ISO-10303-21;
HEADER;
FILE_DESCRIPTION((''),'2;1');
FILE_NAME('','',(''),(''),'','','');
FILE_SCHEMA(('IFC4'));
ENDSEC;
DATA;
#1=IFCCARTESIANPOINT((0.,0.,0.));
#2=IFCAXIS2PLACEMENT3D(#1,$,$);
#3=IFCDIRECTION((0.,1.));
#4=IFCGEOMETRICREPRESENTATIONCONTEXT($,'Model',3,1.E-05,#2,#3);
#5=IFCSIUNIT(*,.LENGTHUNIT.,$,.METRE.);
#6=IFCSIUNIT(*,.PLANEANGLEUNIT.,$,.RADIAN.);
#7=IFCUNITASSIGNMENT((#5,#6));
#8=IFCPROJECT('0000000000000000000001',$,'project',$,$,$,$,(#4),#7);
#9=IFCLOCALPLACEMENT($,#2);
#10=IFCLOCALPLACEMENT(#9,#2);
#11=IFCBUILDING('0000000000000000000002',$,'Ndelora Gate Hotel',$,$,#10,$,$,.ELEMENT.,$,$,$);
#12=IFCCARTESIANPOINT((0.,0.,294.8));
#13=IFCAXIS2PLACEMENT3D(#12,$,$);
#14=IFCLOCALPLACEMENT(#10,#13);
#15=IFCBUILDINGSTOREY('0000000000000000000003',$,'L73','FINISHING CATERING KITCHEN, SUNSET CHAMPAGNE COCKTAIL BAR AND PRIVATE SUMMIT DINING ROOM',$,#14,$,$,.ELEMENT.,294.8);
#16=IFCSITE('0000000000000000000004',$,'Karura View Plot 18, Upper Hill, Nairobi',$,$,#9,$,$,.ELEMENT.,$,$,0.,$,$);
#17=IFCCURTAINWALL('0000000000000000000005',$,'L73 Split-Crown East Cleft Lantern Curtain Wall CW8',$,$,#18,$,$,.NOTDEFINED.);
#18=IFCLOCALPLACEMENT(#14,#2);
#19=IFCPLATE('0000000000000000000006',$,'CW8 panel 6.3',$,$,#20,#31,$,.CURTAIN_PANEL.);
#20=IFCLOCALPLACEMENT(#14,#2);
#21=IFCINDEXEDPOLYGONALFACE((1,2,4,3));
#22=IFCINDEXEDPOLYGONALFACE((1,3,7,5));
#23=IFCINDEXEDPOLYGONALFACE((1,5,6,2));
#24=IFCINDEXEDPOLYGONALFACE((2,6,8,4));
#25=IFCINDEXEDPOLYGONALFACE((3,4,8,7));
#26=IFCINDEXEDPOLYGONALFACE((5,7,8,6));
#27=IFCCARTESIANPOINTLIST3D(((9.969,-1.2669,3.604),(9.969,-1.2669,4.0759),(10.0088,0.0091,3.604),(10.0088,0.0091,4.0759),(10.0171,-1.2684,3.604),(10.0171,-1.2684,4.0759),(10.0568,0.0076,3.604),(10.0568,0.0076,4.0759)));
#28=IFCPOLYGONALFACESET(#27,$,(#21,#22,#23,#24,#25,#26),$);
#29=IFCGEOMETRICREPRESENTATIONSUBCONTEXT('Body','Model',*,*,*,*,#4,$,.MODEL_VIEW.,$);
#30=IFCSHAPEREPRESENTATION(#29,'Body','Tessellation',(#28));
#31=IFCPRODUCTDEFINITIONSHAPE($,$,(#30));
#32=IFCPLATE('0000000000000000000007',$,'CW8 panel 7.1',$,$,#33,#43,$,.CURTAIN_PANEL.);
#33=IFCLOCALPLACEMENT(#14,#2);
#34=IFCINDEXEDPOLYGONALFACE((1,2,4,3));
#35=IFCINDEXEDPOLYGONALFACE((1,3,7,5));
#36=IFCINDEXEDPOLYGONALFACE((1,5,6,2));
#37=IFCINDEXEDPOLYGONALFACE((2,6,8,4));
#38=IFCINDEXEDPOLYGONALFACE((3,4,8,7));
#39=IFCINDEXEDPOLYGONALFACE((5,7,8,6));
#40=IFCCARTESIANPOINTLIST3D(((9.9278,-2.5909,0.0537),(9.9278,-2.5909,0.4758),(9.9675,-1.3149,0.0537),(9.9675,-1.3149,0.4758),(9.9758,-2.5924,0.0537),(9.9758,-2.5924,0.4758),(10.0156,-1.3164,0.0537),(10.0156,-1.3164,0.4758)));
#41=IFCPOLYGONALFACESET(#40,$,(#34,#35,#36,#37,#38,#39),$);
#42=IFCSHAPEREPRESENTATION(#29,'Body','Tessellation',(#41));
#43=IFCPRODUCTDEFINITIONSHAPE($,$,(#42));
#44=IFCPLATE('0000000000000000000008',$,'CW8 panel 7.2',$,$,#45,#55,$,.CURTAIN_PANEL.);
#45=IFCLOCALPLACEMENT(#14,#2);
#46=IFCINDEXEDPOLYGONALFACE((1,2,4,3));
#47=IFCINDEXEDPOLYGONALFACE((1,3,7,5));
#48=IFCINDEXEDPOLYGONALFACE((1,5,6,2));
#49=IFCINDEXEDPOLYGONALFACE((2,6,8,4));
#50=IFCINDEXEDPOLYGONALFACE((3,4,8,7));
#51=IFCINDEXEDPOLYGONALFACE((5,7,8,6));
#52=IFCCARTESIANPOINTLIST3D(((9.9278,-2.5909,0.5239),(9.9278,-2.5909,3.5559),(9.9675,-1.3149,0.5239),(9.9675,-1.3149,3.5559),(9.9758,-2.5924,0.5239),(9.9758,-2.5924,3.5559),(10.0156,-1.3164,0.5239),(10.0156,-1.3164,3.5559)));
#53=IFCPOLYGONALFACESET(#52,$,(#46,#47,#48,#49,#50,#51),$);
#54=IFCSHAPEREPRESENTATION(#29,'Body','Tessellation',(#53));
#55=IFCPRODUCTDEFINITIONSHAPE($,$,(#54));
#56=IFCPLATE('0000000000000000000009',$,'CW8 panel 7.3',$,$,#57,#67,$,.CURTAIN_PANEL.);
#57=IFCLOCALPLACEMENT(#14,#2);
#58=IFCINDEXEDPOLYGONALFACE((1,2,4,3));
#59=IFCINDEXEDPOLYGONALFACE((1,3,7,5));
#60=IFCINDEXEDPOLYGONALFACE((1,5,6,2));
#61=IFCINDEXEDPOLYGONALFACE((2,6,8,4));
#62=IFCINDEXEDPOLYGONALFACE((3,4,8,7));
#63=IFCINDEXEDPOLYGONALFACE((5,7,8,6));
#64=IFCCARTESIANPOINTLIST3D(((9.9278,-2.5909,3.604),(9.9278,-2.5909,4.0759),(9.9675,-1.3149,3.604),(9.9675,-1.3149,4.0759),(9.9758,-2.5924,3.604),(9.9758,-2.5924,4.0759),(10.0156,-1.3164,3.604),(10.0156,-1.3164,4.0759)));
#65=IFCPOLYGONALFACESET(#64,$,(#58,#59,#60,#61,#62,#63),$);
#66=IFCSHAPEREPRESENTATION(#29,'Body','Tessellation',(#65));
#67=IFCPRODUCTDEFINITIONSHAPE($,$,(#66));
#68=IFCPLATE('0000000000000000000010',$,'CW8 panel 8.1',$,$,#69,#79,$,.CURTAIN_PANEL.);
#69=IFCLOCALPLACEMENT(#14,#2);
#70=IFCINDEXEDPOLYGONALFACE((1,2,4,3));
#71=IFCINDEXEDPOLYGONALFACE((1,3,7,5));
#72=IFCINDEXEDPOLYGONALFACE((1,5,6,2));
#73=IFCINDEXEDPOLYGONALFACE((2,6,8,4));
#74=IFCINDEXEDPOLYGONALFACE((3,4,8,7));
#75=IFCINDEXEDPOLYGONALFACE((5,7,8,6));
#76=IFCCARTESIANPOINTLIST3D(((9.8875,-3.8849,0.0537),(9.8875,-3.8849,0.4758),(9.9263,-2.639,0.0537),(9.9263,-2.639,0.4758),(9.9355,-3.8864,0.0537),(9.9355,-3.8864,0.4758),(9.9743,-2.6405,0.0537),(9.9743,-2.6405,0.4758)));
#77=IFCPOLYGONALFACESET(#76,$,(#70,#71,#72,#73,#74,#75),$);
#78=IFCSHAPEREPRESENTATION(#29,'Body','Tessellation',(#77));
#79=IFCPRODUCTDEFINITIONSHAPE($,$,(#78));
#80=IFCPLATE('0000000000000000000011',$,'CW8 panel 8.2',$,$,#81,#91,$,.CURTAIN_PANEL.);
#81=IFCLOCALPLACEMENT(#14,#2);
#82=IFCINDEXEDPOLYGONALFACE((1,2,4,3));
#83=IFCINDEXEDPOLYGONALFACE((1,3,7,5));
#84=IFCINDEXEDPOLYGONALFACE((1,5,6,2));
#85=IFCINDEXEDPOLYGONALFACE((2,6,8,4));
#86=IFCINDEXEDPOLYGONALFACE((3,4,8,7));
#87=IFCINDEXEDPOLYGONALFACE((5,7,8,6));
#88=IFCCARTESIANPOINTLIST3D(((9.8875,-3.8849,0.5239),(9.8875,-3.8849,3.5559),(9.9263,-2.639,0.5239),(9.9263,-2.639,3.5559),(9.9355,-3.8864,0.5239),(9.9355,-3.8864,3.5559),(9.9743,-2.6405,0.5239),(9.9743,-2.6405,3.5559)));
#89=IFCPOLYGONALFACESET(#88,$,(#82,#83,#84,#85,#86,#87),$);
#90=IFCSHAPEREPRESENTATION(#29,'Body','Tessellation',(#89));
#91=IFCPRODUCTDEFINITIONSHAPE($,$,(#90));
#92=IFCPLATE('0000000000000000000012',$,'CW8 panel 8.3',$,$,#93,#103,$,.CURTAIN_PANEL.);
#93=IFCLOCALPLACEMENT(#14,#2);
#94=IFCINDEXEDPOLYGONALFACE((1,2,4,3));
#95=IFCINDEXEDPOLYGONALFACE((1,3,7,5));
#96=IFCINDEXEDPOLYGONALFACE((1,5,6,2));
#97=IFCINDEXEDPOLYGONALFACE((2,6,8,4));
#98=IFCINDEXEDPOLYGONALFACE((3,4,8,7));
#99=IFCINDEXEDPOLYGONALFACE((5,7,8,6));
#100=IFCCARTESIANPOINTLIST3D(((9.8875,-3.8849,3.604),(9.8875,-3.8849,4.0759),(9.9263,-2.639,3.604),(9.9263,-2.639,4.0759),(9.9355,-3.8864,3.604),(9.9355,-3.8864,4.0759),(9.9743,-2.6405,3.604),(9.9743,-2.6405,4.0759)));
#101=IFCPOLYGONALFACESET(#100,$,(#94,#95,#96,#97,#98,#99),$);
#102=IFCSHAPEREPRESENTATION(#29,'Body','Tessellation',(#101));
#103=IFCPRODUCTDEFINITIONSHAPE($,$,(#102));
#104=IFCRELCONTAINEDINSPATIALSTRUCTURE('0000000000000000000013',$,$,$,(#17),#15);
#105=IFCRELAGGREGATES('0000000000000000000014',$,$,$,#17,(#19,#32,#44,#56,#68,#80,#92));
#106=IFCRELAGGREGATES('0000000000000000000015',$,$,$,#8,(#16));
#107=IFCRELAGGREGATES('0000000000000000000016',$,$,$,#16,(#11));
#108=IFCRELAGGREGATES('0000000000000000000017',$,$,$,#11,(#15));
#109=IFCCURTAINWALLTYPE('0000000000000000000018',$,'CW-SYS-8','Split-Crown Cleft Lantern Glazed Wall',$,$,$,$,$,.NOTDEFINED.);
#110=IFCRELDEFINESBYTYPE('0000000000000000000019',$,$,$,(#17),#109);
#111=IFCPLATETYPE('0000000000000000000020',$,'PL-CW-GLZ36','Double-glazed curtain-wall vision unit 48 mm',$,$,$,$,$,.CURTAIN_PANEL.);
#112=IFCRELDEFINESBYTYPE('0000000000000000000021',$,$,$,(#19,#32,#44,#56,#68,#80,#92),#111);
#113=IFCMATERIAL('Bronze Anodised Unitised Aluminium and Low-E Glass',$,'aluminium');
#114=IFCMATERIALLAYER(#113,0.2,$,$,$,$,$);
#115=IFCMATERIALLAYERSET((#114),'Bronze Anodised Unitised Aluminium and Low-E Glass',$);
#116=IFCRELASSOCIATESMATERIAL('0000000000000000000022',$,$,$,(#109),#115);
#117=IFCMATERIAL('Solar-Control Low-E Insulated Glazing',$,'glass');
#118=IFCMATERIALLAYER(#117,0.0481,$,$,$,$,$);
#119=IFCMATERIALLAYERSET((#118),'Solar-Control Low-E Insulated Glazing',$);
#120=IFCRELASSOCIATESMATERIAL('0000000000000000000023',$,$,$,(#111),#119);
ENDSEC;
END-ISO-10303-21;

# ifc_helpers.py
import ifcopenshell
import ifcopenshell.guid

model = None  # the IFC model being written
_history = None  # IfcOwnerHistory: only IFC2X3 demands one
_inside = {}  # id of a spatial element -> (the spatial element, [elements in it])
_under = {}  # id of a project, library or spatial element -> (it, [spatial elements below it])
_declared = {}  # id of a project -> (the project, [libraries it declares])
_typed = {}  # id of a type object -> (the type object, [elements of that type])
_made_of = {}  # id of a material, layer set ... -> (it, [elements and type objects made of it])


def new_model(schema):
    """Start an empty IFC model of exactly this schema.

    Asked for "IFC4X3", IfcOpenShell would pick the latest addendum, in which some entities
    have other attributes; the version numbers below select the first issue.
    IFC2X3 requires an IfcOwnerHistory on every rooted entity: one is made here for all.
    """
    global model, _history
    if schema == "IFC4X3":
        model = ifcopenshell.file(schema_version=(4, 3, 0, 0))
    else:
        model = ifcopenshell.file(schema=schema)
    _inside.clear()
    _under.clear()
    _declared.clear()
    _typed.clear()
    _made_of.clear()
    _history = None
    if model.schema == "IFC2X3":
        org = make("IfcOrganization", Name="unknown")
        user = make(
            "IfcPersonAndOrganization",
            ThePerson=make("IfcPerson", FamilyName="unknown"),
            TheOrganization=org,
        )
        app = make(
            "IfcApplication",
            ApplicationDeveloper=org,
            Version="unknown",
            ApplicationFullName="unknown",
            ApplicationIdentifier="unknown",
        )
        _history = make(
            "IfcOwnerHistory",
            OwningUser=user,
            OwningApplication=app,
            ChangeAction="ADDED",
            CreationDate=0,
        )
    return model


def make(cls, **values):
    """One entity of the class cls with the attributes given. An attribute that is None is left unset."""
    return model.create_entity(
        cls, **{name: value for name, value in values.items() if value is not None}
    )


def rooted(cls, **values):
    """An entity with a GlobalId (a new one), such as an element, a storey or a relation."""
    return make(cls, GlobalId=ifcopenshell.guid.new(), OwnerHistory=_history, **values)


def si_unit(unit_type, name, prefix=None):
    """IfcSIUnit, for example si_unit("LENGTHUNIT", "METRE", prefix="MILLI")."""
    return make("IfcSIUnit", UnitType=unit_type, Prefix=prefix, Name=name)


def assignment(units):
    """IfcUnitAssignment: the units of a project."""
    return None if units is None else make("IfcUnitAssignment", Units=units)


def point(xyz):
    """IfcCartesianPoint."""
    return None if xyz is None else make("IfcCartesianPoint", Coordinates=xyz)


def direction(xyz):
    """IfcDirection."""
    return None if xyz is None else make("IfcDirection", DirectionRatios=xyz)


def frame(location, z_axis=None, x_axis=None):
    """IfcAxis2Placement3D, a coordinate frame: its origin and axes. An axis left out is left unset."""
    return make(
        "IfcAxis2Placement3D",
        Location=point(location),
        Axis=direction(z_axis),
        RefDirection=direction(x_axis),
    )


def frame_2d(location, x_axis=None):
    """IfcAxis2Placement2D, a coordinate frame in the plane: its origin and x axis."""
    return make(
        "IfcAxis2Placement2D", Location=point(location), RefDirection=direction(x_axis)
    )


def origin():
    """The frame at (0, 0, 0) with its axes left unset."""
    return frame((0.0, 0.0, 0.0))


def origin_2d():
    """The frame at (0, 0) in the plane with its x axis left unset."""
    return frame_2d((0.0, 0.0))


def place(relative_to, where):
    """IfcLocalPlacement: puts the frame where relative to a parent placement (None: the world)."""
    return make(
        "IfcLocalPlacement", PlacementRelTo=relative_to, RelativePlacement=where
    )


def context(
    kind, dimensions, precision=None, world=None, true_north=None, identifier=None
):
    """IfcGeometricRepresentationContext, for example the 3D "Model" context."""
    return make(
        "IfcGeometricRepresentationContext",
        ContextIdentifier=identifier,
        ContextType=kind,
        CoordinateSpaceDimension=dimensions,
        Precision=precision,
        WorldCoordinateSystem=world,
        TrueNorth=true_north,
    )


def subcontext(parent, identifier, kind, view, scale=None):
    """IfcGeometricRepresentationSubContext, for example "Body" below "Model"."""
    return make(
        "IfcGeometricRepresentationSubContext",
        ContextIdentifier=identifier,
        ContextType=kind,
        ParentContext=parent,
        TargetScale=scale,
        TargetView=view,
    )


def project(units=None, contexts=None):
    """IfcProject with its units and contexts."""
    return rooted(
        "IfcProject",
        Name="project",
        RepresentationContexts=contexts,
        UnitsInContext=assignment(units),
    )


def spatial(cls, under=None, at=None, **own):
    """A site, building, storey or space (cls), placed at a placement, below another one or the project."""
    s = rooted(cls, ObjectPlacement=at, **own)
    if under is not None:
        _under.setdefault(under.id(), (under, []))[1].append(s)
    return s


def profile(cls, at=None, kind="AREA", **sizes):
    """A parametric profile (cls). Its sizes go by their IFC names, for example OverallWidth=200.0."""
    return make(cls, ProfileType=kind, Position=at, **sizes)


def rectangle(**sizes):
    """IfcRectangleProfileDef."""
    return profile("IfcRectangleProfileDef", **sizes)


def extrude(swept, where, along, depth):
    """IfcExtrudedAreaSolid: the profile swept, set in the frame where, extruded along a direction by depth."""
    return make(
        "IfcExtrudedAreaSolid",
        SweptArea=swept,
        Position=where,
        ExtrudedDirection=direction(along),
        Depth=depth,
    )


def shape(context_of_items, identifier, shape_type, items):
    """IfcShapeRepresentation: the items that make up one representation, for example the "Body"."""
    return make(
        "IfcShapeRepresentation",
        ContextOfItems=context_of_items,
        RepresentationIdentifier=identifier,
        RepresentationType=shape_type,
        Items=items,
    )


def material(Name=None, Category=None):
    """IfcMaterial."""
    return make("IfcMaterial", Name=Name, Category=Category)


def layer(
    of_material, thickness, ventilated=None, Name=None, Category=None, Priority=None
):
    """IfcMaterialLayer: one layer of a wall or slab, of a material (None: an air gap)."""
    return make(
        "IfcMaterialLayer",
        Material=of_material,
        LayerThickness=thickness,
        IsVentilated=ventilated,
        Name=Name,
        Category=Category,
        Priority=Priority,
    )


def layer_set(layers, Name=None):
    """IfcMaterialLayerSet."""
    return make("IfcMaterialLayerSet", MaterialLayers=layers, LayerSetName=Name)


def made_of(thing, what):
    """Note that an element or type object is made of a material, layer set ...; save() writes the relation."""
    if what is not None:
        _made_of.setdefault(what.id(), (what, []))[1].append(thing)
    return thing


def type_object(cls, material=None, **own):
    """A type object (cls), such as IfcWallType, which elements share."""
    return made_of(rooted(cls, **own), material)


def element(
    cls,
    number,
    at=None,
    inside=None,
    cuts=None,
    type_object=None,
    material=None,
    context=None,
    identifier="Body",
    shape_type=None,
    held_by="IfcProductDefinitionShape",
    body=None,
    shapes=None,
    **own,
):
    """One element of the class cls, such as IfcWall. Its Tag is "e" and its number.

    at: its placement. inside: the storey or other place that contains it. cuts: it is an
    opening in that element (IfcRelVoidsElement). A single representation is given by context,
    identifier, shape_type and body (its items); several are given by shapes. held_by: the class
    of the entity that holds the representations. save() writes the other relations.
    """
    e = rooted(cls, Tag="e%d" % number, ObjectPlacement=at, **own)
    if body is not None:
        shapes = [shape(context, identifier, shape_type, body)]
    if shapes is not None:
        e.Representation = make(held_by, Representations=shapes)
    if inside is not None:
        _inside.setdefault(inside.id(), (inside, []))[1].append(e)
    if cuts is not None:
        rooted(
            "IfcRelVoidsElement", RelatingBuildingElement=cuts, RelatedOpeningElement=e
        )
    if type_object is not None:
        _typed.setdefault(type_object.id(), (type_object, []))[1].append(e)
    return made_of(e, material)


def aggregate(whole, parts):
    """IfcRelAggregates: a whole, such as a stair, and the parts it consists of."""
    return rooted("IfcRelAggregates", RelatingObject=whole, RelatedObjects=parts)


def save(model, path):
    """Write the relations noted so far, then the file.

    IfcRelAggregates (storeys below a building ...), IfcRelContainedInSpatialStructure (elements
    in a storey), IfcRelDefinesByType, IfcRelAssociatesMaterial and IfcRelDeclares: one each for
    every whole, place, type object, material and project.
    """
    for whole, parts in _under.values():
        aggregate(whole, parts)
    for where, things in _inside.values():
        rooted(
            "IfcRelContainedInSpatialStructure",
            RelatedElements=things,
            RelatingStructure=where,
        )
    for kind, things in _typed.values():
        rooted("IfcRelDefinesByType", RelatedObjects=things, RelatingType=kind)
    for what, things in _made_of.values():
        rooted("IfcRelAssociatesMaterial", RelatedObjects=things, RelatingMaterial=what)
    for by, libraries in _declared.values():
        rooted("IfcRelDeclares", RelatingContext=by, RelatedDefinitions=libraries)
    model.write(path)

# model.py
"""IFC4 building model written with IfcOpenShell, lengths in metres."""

from ifc_helpers import new_model, si_unit, direction, frame, origin, origin_2d, place, context, subcontext, project, spatial, rectangle, extrude, material, layer, layer_set, type_object, element, aggregate, save


model = new_model("IFC4")

# Units and contexts
model_context = context("Model", 3, precision=1e-05, world=origin(), true_north=direction((0.0, 1.0)))
body_context = subcontext(model_context, "Body", "Model", "MODEL_VIEW")
ifc_project = project(units=[si_unit("LENGTHUNIT", "METRE"), si_unit("PLANEANGLEUNIT", "RADIAN")], contexts=[model_context])

# Site, building, storey
site_placement = place(None, origin())
site = spatial("IfcSite", under=ifc_project, at=site_placement, Name="Karura View Plot 18, Upper Hill, Nairobi", CompositionType="ELEMENT", RefElevation=0.0)
building_placement = place(site_placement, origin())
building = spatial("IfcBuilding", under=site, at=building_placement, Name="Ndelora Gate Hotel", CompositionType="ELEMENT")
storey_placement = place(building_placement, frame((0.0, 0.0, 294.8)))
storey = spatial("IfcBuildingStorey", under=building, at=storey_placement, Name="L73", Description="FINISHING CATERING KITCHEN, SUNSET CHAMPAGNE COCKTAIL BAR AND PRIVATE SUMMIT DINING ROOM", CompositionType="ELEMENT", Elevation=294.8)

# Shared definitions
ifc_material_1 = material(Name="Bronze Anodised Unitised Aluminium and Low-E Glass", Category="aluminium")
ifc_layer_1 = layer(ifc_material_1, 0.2)
ifc_layer_set_1 = layer_set([ifc_layer_1], Name="Bronze Anodised Unitised Aluminium and Low-E Glass")
curtain_wall_type = type_object("IfcCurtainWallType", Name="CW-SYS-8", Description="Split-Crown Cleft Lantern Glazed Wall", PredefinedType="NOTDEFINED", material=ifc_layer_set_1)

# Curtain wall
curtain_wall_1_placement = place(storey_placement, origin())
curtain_wall_1 = element("IfcCurtainWall", 1, at=curtain_wall_1_placement, inside=storey, type_object=curtain_wall_type, Name="L73 Split-Crown East Cleft Lantern Curtain Wall CW8", PredefinedType="NOTDEFINED")

# Plates
ifc_material_2 = material(Name="Solar-Control Low-E Insulated Glazing", Category="glass")
ifc_layer_2 = layer(ifc_material_2, 0.0481)
ifc_layer_set_2 = layer_set([ifc_layer_2], Name="Solar-Control Low-E Insulated Glazing")
plate_type = type_object("IfcPlateType", Name="PL-CW-GLZ36", Description="Double-glazed curtain-wall vision unit 48 mm", PredefinedType="CURTAIN_PANEL", material=ifc_layer_set_2)
plate_1_placement = place(storey_placement, frame((10.0129, -0.6296, 3.604), z_axis=(0.0, 0.0, 1.0), x_axis=(-0.031131, -0.999515, 0.0)))
plate_1 = element("IfcPlate", 2, at=plate_1_placement, type_object=plate_type, Name="CW8 panel 6.3", PredefinedType="CURTAIN_PANEL", context=body_context, shape_type="SweptSolid", body=[
    extrude(rectangle(XDim=1.2766, YDim=0.0481, at=origin_2d()), origin(), (0.0, 0.0, 1.0), 0.4719),
])
plate_2_placement = place(storey_placement, frame((9.9717, -1.9536, 0.0537), z_axis=(0.0, 0.0, 1.0), x_axis=(-0.031131, -0.999515, 0.0)))
plate_2 = element("IfcPlate", 3, at=plate_2_placement, type_object=plate_type, Name="CW8 panel 7.1", PredefinedType="CURTAIN_PANEL", context=body_context, shape_type="SweptSolid", body=[
    extrude(rectangle(XDim=1.2766, YDim=0.0481, at=origin_2d()), origin(), (0.0, 0.0, 1.0), 0.4221),
])
plate_3_placement = place(storey_placement, frame((9.9717, -1.9536, 0.5239), z_axis=(0.0, 0.0, 1.0), x_axis=(-0.031131, -0.999515, 0.0)))
plate_3 = element("IfcPlate", 4, at=plate_3_placement, type_object=plate_type, Name="CW8 panel 7.2", PredefinedType="CURTAIN_PANEL", context=body_context, shape_type="SweptSolid", body=[
    extrude(rectangle(XDim=1.2766, YDim=0.0481, at=origin_2d()), origin(), (0.0, 0.0, 1.0), 3.032),
])
plate_4_placement = place(storey_placement, frame((9.9717, -1.9536, 3.604), z_axis=(0.0, 0.0, 1.0), x_axis=(-0.031131, -0.999515, 0.0)))
plate_4 = element("IfcPlate", 5, at=plate_4_placement, type_object=plate_type, Name="CW8 panel 7.3", PredefinedType="CURTAIN_PANEL", context=body_context, shape_type="SweptSolid", body=[
    extrude(rectangle(XDim=1.2766, YDim=0.0481, at=origin_2d()), origin(), (0.0, 0.0, 1.0), 0.4719),
])
plate_5_placement = place(storey_placement, frame((9.9309, -3.2627, 0.0537), z_axis=(0.0, 0.0, 1.0), x_axis=(-0.031131, -0.999515, 0.0)))
plate_5 = element("IfcPlate", 6, at=plate_5_placement, type_object=plate_type, Name="CW8 panel 8.1", PredefinedType="CURTAIN_PANEL", context=body_context, shape_type="SweptSolid", body=[
    extrude(rectangle(XDim=1.2466, YDim=0.0481, at=origin_2d()), origin(), (0.0, 0.0, 1.0), 0.4221),
])
plate_6_placement = place(storey_placement, frame((9.9309, -3.2627, 0.5239), z_axis=(0.0, 0.0, 1.0), x_axis=(-0.031131, -0.999515, 0.0)))
plate_6 = element("IfcPlate", 7, at=plate_6_placement, type_object=plate_type, Name="CW8 panel 8.2", PredefinedType="CURTAIN_PANEL", context=body_context, shape_type="SweptSolid", body=[
    extrude(rectangle(XDim=1.2466, YDim=0.0481, at=origin_2d()), origin(), (0.0, 0.0, 1.0), 3.032),
])
plate_7_placement = place(storey_placement, frame((9.9309, -3.2627, 3.604), z_axis=(0.0, 0.0, 1.0), x_axis=(-0.031131, -0.999515, 0.0)))
plate_7 = element("IfcPlate", 8, at=plate_7_placement, type_object=plate_type, Name="CW8 panel 8.3", PredefinedType="CURTAIN_PANEL", context=body_context, shape_type="SweptSolid", body=[
    extrude(rectangle(XDim=1.2466, YDim=0.0481, at=origin_2d()), origin(), (0.0, 0.0, 1.0), 0.4719),
])
aggregate(curtain_wall_1, [plate_1, plate_2, plate_3, plate_4, plate_5, plate_6, plate_7])

save(model, "model.ifc")
